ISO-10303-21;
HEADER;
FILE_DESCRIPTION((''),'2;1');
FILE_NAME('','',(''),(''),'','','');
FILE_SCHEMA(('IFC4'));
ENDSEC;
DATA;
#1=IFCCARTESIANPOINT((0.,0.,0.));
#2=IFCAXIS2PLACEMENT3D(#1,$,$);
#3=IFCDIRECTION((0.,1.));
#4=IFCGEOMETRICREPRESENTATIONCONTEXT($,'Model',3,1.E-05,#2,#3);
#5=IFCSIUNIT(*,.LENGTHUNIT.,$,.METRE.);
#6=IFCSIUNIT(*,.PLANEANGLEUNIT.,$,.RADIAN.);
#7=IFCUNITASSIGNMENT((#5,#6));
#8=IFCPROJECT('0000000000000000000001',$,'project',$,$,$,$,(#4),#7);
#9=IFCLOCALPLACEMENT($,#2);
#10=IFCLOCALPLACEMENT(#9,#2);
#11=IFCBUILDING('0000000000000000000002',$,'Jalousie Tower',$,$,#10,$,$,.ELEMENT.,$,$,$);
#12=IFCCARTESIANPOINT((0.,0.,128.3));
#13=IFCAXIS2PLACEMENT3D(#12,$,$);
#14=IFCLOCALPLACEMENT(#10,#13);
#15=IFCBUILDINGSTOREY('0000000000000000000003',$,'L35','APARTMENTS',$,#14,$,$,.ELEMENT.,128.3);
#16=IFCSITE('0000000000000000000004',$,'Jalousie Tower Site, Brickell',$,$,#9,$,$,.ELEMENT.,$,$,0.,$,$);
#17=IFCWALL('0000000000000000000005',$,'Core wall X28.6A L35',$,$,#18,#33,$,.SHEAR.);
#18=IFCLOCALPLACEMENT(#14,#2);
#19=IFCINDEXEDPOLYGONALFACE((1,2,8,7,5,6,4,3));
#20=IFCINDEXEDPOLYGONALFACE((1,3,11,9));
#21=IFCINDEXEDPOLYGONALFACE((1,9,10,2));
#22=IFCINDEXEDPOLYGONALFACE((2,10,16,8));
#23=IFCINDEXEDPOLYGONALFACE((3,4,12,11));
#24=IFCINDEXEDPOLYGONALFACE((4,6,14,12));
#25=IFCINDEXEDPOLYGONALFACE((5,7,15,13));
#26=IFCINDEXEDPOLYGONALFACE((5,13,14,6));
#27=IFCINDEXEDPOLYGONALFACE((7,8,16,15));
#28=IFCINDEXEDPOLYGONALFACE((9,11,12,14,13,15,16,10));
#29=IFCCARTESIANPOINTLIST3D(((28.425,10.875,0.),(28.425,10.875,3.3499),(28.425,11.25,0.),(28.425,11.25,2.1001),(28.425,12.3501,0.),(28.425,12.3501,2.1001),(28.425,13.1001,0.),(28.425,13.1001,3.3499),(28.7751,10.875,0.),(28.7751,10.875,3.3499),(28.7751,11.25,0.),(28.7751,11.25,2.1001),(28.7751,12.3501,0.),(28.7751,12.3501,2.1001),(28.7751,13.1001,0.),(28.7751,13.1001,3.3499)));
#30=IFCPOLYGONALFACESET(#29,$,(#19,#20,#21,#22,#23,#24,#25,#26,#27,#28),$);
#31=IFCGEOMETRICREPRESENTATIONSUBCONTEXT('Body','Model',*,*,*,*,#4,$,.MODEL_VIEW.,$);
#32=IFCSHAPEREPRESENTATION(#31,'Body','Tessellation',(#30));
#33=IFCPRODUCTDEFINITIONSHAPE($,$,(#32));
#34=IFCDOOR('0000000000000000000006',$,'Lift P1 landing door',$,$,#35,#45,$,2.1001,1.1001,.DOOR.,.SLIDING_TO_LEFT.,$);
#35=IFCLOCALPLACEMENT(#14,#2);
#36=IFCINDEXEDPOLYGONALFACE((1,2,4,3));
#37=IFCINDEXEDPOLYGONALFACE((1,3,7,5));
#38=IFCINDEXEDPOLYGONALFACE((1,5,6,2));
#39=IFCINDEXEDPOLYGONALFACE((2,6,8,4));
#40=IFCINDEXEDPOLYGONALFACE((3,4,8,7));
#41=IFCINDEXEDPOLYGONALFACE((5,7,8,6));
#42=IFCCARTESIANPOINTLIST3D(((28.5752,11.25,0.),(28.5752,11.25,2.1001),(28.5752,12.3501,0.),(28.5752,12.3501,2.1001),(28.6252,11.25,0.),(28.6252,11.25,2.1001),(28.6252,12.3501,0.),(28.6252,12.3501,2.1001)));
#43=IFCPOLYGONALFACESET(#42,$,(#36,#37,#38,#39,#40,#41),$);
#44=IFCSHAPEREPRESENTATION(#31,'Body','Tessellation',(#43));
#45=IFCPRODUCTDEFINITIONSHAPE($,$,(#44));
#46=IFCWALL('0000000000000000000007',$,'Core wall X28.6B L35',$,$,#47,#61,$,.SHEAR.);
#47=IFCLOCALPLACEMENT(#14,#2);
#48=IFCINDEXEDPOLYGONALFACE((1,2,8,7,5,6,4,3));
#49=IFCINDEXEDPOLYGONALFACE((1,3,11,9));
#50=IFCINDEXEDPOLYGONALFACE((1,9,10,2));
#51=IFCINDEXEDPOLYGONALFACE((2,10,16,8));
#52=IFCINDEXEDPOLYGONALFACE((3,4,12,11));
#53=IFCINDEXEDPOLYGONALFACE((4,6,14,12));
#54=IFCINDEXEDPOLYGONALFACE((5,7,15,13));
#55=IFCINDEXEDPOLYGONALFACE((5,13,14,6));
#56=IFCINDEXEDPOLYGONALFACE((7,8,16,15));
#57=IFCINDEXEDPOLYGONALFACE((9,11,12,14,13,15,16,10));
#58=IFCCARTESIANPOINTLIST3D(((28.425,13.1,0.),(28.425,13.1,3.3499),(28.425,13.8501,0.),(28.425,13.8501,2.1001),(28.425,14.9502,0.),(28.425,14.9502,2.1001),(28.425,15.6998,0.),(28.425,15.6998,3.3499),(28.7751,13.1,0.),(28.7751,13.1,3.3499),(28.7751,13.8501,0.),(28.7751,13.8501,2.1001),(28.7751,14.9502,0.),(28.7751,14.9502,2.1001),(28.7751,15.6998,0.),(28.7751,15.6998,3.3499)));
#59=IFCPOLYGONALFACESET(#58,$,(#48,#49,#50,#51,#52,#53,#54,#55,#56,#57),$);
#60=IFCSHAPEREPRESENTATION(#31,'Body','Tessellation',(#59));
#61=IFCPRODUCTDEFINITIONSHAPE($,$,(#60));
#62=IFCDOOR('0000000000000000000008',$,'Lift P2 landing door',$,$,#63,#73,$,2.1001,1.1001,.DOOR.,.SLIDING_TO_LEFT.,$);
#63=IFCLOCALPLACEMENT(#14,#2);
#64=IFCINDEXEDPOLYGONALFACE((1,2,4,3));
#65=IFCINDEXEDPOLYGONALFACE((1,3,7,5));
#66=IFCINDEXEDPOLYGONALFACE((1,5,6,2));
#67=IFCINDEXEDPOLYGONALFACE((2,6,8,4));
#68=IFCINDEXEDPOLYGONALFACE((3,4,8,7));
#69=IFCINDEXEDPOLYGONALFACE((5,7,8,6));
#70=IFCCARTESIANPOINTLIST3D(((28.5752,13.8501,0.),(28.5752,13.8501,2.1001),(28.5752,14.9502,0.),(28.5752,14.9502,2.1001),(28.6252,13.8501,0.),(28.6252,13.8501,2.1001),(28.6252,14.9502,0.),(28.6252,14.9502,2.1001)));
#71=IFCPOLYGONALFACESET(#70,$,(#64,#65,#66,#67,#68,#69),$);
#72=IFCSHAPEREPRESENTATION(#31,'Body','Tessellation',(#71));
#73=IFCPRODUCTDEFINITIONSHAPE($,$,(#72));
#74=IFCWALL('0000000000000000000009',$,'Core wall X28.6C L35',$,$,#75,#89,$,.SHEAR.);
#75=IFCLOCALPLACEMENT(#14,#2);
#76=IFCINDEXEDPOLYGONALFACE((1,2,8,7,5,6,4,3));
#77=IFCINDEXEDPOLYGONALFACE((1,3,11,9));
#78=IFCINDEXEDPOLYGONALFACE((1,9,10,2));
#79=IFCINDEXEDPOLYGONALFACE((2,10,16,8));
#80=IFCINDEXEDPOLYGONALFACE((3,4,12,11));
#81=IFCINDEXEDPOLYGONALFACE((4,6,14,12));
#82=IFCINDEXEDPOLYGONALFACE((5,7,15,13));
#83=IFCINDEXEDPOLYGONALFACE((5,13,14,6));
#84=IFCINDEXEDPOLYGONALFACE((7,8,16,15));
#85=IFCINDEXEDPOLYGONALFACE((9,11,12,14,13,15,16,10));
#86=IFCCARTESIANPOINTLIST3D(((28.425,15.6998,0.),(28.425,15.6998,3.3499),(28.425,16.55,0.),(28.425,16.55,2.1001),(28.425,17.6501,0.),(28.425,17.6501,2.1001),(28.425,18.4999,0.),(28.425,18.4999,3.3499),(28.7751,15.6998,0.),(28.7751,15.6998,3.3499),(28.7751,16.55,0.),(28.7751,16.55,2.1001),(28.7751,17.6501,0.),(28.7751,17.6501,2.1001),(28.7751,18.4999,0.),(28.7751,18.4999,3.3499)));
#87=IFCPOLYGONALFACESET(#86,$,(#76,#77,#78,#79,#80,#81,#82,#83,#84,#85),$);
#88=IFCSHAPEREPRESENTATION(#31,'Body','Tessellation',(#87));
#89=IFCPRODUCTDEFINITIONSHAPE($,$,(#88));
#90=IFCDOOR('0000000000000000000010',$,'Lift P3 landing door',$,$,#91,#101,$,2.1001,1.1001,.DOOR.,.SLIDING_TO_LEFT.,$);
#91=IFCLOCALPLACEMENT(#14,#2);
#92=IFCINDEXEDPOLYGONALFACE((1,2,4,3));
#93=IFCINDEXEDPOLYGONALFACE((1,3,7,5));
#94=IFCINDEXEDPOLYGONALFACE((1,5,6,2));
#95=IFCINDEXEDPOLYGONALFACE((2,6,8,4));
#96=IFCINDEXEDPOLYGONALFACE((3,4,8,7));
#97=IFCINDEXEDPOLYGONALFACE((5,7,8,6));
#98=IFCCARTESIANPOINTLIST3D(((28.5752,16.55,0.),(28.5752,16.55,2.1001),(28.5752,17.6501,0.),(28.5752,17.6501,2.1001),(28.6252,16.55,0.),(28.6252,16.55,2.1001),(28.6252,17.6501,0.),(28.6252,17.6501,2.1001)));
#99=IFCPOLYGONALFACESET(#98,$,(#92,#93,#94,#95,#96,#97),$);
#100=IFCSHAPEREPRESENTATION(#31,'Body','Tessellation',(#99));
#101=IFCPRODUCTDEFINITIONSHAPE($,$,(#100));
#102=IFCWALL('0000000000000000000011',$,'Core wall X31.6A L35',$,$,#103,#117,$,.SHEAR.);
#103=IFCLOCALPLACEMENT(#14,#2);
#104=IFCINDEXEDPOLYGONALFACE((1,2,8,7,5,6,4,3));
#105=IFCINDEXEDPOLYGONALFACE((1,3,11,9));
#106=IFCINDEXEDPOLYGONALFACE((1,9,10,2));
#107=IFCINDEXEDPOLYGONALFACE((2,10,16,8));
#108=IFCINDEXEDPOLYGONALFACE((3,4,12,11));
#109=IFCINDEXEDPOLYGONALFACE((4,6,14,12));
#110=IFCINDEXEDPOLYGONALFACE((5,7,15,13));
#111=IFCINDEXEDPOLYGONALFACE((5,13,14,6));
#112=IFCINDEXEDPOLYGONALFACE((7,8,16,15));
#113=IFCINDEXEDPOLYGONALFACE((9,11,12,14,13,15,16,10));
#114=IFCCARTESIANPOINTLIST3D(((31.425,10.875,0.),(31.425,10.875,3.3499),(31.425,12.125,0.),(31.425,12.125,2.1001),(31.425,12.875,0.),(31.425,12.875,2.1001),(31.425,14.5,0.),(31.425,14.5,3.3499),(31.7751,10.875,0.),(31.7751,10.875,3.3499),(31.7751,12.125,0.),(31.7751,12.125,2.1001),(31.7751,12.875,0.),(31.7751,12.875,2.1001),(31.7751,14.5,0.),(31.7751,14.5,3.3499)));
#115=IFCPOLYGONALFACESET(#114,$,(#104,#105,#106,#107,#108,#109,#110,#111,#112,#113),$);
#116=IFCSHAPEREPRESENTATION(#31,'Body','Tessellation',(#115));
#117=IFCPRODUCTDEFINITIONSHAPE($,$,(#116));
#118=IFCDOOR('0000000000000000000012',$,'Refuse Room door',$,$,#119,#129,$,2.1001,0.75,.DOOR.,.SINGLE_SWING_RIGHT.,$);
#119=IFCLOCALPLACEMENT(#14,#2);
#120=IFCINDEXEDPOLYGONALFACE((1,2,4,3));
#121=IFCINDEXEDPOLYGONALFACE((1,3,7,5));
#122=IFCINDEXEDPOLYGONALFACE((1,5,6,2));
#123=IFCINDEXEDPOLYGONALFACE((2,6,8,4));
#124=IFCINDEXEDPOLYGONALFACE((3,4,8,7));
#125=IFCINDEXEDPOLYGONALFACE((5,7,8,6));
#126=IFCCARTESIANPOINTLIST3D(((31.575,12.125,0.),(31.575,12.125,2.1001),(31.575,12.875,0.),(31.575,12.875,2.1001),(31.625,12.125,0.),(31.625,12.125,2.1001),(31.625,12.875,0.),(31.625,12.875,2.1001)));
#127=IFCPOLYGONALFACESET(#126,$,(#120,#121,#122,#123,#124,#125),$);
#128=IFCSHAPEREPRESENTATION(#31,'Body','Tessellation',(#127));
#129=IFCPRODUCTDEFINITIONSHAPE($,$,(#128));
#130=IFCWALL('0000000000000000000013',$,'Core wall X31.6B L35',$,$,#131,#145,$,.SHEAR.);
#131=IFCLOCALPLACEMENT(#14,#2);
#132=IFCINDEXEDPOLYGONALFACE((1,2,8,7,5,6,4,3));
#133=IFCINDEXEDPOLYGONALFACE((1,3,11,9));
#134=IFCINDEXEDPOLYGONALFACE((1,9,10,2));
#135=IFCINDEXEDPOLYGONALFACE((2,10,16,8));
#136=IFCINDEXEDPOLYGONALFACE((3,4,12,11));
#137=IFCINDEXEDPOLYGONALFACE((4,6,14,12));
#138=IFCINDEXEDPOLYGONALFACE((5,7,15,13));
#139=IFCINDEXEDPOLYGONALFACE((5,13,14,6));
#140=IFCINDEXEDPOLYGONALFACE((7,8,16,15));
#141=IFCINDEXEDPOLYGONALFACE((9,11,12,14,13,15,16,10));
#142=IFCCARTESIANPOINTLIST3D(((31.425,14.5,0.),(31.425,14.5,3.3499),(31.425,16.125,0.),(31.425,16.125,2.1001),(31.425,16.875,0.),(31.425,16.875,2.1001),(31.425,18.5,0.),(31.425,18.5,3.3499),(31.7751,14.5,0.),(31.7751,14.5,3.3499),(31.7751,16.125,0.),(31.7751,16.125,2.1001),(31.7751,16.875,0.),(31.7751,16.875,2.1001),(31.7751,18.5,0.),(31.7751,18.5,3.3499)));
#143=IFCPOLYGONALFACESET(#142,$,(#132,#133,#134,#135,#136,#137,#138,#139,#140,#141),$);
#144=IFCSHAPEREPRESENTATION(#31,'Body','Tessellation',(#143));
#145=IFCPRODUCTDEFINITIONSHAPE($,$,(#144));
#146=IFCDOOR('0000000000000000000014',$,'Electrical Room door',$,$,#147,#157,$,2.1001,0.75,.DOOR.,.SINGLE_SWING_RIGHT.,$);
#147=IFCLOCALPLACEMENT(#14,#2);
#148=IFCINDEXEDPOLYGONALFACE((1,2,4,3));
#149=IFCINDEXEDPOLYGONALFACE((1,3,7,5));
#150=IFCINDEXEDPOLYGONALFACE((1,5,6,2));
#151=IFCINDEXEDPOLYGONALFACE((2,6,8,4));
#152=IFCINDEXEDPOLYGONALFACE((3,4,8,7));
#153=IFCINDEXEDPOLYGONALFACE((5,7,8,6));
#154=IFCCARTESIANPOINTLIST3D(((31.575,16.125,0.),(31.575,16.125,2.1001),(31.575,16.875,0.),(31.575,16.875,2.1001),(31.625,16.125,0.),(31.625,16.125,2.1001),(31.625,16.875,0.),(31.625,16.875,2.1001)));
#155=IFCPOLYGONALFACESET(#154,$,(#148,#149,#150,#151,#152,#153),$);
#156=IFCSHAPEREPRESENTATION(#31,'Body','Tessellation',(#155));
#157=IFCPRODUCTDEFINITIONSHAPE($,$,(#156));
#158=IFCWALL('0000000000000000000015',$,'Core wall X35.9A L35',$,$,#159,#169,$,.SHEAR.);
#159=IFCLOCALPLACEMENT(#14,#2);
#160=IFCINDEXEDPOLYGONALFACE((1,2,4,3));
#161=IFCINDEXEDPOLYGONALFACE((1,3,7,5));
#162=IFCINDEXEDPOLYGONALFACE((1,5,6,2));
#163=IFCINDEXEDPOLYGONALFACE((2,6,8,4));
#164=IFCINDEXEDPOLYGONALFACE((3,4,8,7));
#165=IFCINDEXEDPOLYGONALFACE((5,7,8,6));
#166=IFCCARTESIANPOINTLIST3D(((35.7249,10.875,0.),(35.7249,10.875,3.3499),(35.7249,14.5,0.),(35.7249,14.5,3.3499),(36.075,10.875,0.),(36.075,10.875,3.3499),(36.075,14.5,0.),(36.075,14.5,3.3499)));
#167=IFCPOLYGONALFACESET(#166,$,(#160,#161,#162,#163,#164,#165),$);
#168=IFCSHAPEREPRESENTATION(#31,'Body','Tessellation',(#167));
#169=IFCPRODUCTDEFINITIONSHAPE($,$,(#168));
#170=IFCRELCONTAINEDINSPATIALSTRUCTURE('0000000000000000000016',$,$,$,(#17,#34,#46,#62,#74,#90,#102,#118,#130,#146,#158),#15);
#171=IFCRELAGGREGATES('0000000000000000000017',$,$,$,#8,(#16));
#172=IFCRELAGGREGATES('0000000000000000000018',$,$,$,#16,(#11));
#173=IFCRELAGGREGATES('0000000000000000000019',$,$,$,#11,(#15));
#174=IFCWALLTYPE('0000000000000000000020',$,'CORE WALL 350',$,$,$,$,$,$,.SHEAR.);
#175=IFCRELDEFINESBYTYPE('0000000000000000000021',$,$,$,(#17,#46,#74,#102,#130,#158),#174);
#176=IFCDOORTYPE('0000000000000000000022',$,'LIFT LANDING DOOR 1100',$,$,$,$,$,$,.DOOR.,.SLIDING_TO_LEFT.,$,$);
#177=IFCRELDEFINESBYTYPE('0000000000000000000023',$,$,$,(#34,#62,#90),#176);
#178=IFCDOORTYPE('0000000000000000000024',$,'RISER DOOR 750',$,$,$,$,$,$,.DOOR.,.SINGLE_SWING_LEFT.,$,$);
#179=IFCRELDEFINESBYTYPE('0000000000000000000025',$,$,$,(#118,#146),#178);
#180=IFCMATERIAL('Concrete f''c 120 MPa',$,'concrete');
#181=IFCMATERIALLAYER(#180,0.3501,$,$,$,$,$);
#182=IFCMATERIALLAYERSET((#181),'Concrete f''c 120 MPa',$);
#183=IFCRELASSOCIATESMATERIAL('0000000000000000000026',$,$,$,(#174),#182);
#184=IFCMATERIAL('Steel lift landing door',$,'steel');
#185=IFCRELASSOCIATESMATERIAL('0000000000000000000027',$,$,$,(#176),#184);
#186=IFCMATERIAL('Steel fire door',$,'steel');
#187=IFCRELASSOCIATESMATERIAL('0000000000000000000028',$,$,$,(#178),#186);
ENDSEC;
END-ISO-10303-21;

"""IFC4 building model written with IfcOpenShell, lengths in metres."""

from ifc_helpers import new_model, si_unit, direction, frame, frame_2d, origin, place, context, subcontext, project, spatial, rectangle, extrude, material, layer, layer_set, type_object, element, fill, save


model = new_model("IFC4")

# Units and contexts
model_context = context("Model", 3, precision=1e-05, world=origin(), true_north=direction((0.0, 1.0)))
body_context = subcontext(model_context, "Body", "Model", "MODEL_VIEW")
ifc_project = project(units=[si_unit("LENGTHUNIT", "METRE"), si_unit("PLANEANGLEUNIT", "RADIAN")], contexts=[model_context])

# Site, building, storey
site_placement = place(None, origin())
site = spatial("IfcSite", under=ifc_project, at=site_placement, Name="Jalousie Tower Site, Brickell", CompositionType="ELEMENT", RefElevation=0.0)
building_placement = place(site_placement, origin())
building = spatial("IfcBuilding", under=site, at=building_placement, Name="Jalousie Tower", CompositionType="ELEMENT")
storey_placement = place(building_placement, frame((0.0, 0.0, 128.3)))
storey = spatial("IfcBuildingStorey", under=building, at=storey_placement, Name="L35", Description="APARTMENTS", CompositionType="ELEMENT", Elevation=128.3)

# Walls, openings, doors
ifc_material_1 = material(Name="Concrete f'c 120 MPa", Category="concrete")
ifc_layer = layer(ifc_material_1, 0.3501)
ifc_layer_set = layer_set([ifc_layer], Name="Concrete f'c 120 MPa")
wall_type = type_object("IfcWallType", Name="CORE WALL 350", PredefinedType="SHEAR", material=ifc_layer_set)
wall_1_placement = place(storey_placement, frame((28.6001, 10.875, 0.0), z_axis=(0.0, 0.0, 1.0), x_axis=(0.0, 1.0, 0.0)))
wall_1 = element("IfcWall", 1, at=wall_1_placement, inside=storey, type_object=wall_type, Name="Core wall X28.6A L35", PredefinedType="SHEAR", context=body_context, shape_type="SweptSolid", body=[
    extrude(rectangle(XDim=2.2251, YDim=0.3501, at=frame_2d((1.1125, 0.0))), origin(), (0.0, 0.0, 1.0), 3.3499),
])
opening_1_placement = place(wall_1_placement, frame((0.375, 0.0, 0.0)))
opening_1 = element("IfcOpeningElement", 2, at=opening_1_placement, cuts=wall_1, PredefinedType="OPENING", context=body_context, shape_type="SweptSolid", body=[
    extrude(rectangle(XDim=1.1001, YDim=2.1001, at=frame_2d((0.55, 1.05))), frame((0.0, 0.1851, 0.0), z_axis=(0.0, -1.0, 0.0), x_axis=(1.0, 0.0, 0.0)), (0.0, 0.0, 1.0), 0.3701),
])
ifc_material_2 = material(Name="Steel lift landing door", Category="steel")
door_type_1 = type_object("IfcDoorType", Name="LIFT LANDING DOOR 1100", OperationType="SLIDING_TO_LEFT", PredefinedType="DOOR", material=ifc_material_2)
door_1_placement = place(opening_1_placement, origin())
door_1 = element("IfcDoor", 3, at=door_1_placement, inside=storey, type_object=door_type_1, Name="Lift P1 landing door", OperationType="SLIDING_TO_LEFT", OverallHeight=2.1001, OverallWidth=1.1001, PredefinedType="DOOR", context=body_context, shape_type="SweptSolid", body=[
    extrude(rectangle(XDim=1.1001, YDim=2.1001, at=frame_2d((0.55, 1.05))), frame((0.0, 0.0249, 0.0), z_axis=(0.0, -1.0, 0.0), x_axis=(1.0, 0.0, 0.0)), (0.0, 0.0, 1.0), 0.05),
])
fill(opening_1, door_1)
wall_2_placement = place(storey_placement, frame((28.6001, 13.1001, 0.0), z_axis=(0.0, 0.0, 1.0), x_axis=(0.0, 1.0, 0.0)))
wall_2 = element("IfcWall", 4, at=wall_2_placement, inside=storey, type_object=wall_type, Name="Core wall X28.6B L35", PredefinedType="SHEAR", context=body_context, shape_type="SweptSolid", body=[
    extrude(rectangle(XDim=2.5999, YDim=0.3501, at=frame_2d((1.2998, 0.0))), origin(), (0.0, 0.0, 1.0), 3.3499),
])
opening_2_placement = place(wall_2_placement, frame((0.75, 0.0, 0.0)))
opening_2 = element("IfcOpeningElement", 5, at=opening_2_placement, cuts=wall_2, PredefinedType="OPENING", context=body_context, shape_type="SweptSolid", body=[
    extrude(rectangle(XDim=1.1001, YDim=2.1001, at=frame_2d((0.55, 1.05))), frame((0.0, 0.1851, 0.0), z_axis=(0.0, -1.0, 0.0), x_axis=(1.0, 0.0, 0.0)), (0.0, 0.0, 1.0), 0.3701),
])
door_2_placement = place(opening_2_placement, origin())
door_2 = element("IfcDoor", 6, at=door_2_placement, inside=storey, type_object=door_type_1, Name="Lift P2 landing door", OperationType="SLIDING_TO_LEFT", OverallHeight=2.1001, OverallWidth=1.1001, PredefinedType="DOOR", context=body_context, shape_type="SweptSolid", body=[
    extrude(rectangle(XDim=1.1001, YDim=2.1001, at=frame_2d((0.55, 1.05))), frame((0.0, 0.0249, 0.0), z_axis=(0.0, -1.0, 0.0), x_axis=(1.0, 0.0, 0.0)), (0.0, 0.0, 1.0), 0.05),
])
fill(opening_2, door_2)
wall_3_placement = place(storey_placement, frame((28.6001, 15.7, 0.0), z_axis=(0.0, 0.0, 1.0), x_axis=(0.0, 1.0, 0.0)))
wall_3 = element("IfcWall", 7, at=wall_3_placement, inside=storey, type_object=wall_type, Name="Core wall X28.6C L35", PredefinedType="SHEAR", context=body_context, shape_type="SweptSolid", body=[
    extrude(rectangle(XDim=2.8, YDim=0.3501, at=frame_2d((1.3999, 0.0))), origin(), (0.0, 0.0, 1.0), 3.3499),
])
opening_3_placement = place(wall_3_placement, frame((0.8501, 0.0, 0.0)))
opening_3 = element("IfcOpeningElement", 8, at=opening_3_placement, cuts=wall_3, PredefinedType="OPENING", context=body_context, shape_type="SweptSolid", body=[
    extrude(rectangle(XDim=1.1001, YDim=2.1001, at=frame_2d((0.55, 1.05))), frame((0.0, 0.1851, 0.0), z_axis=(0.0, -1.0, 0.0), x_axis=(1.0, 0.0, 0.0)), (0.0, 0.0, 1.0), 0.3701),
])
door_3_placement = place(opening_3_placement, origin())
door_3 = element("IfcDoor", 9, at=door_3_placement, inside=storey, type_object=door_type_1, Name="Lift P3 landing door", OperationType="SLIDING_TO_LEFT", OverallHeight=2.1001, OverallWidth=1.1001, PredefinedType="DOOR", context=body_context, shape_type="SweptSolid", body=[
    extrude(rectangle(XDim=1.1001, YDim=2.1001, at=frame_2d((0.55, 1.05))), frame((0.0, 0.0249, 0.0), z_axis=(0.0, -1.0, 0.0), x_axis=(1.0, 0.0, 0.0)), (0.0, 0.0, 1.0), 0.05),
])
fill(opening_3, door_3)
wall_4_placement = place(storey_placement, frame((31.6001, 10.875, 0.0), z_axis=(0.0, 0.0, 1.0), x_axis=(0.0, 1.0, 0.0)))
wall_4 = element("IfcWall", 10, at=wall_4_placement, inside=storey, type_object=wall_type, Name="Core wall X31.6A L35", PredefinedType="SHEAR", context=body_context, shape_type="SweptSolid", body=[
    extrude(rectangle(XDim=3.625, YDim=0.3501, at=frame_2d((1.8125, 0.0))), origin(), (0.0, 0.0, 1.0), 3.3499),
])
opening_4_placement = place(wall_4_placement, frame((1.25, 0.0, 0.0)))
opening_4 = element("IfcOpeningElement", 11, at=opening_4_placement, cuts=wall_4, PredefinedType="OPENING", context=body_context, shape_type="SweptSolid", body=[
    extrude(rectangle(XDim=0.75, YDim=2.1001, at=frame_2d((0.375, 1.05))), frame((0.0, 0.1851, 0.0), z_axis=(0.0, -1.0, 0.0), x_axis=(1.0, 0.0, 0.0)), (0.0, 0.0, 1.0), 0.3701),
])
ifc_material_3 = material(Name="Steel fire door", Category="steel")
door_type_2 = type_object("IfcDoorType", Name="RISER DOOR 750", OperationType="SINGLE_SWING_LEFT", PredefinedType="DOOR", material=ifc_material_3)
door_4_placement = place(opening_4_placement, frame((0.75, 0.0, 0.0), z_axis=(0.0, 0.0, 1.0), x_axis=(-1.0, 0.0, 0.0)))
door_4 = element("IfcDoor", 12, at=door_4_placement, inside=storey, type_object=door_type_2, Name="Refuse Room door", OperationType="SINGLE_SWING_RIGHT", OverallHeight=2.1001, OverallWidth=0.75, PredefinedType="DOOR", context=body_context, shape_type="SweptSolid", body=[
    extrude(rectangle(XDim=0.75, YDim=2.1001, at=frame_2d((0.375, 1.05))), frame((0.0, 0.0249, 0.0), z_axis=(0.0, -1.0, 0.0), x_axis=(1.0, 0.0, 0.0)), (0.0, 0.0, 1.0), 0.05),
])
fill(opening_4, door_4)
wall_5_placement = place(storey_placement, frame((31.6001, 14.5, 0.0), z_axis=(0.0, 0.0, 1.0), x_axis=(0.0, 1.0, 0.0)))
wall_5 = element("IfcWall", 13, at=wall_5_placement, inside=storey, type_object=wall_type, Name="Core wall X31.6B L35", PredefinedType="SHEAR", context=body_context, shape_type="SweptSolid", body=[
    extrude(rectangle(XDim=4.0, YDim=0.3501, at=frame_2d((2.0, 0.0))), origin(), (0.0, 0.0, 1.0), 3.3499),
])
opening_5_placement = place(wall_5_placement, frame((1.625, 0.0, 0.0)))
opening_5 = element("IfcOpeningElement", 14, at=opening_5_placement, cuts=wall_5, PredefinedType="OPENING", context=body_context, shape_type="SweptSolid", body=[
    extrude(rectangle(XDim=0.75, YDim=2.1001, at=frame_2d((0.375, 1.05))), frame((0.0, 0.1851, 0.0), z_axis=(0.0, -1.0, 0.0), x_axis=(1.0, 0.0, 0.0)), (0.0, 0.0, 1.0), 0.3701),
])
door_5_placement = place(opening_5_placement, frame((0.75, 0.0, 0.0), z_axis=(0.0, 0.0, 1.0), x_axis=(-1.0, 0.0, 0.0)))
door_5 = element("IfcDoor", 15, at=door_5_placement, inside=storey, type_object=door_type_2, Name="Electrical Room door", OperationType="SINGLE_SWING_RIGHT", OverallHeight=2.1001, OverallWidth=0.75, PredefinedType="DOOR", context=body_context, shape_type="SweptSolid", body=[
    extrude(rectangle(XDim=0.75, YDim=2.1001, at=frame_2d((0.375, 1.05))), frame((0.0, 0.0249, 0.0), z_axis=(0.0, -1.0, 0.0), x_axis=(1.0, 0.0, 0.0)), (0.0, 0.0, 1.0), 0.05),
])
fill(opening_5, door_5)

# Wall
wall_6_placement = place(storey_placement, frame((35.8999, 10.875, 0.0), z_axis=(0.0, 0.0, 1.0), x_axis=(0.0, 1.0, 0.0)))
element("IfcWall", 16, at=wall_6_placement, inside=storey, type_object=wall_type, Name="Core wall X35.9A L35", PredefinedType="SHEAR", context=body_context, shape_type="SweptSolid", body=[
    extrude(rectangle(XDim=3.625, YDim=0.3501, at=frame_2d((1.8125, 0.0))), origin(), (0.0, 0.0, 1.0), 3.3499),
])

save(model, "model.ifc")
